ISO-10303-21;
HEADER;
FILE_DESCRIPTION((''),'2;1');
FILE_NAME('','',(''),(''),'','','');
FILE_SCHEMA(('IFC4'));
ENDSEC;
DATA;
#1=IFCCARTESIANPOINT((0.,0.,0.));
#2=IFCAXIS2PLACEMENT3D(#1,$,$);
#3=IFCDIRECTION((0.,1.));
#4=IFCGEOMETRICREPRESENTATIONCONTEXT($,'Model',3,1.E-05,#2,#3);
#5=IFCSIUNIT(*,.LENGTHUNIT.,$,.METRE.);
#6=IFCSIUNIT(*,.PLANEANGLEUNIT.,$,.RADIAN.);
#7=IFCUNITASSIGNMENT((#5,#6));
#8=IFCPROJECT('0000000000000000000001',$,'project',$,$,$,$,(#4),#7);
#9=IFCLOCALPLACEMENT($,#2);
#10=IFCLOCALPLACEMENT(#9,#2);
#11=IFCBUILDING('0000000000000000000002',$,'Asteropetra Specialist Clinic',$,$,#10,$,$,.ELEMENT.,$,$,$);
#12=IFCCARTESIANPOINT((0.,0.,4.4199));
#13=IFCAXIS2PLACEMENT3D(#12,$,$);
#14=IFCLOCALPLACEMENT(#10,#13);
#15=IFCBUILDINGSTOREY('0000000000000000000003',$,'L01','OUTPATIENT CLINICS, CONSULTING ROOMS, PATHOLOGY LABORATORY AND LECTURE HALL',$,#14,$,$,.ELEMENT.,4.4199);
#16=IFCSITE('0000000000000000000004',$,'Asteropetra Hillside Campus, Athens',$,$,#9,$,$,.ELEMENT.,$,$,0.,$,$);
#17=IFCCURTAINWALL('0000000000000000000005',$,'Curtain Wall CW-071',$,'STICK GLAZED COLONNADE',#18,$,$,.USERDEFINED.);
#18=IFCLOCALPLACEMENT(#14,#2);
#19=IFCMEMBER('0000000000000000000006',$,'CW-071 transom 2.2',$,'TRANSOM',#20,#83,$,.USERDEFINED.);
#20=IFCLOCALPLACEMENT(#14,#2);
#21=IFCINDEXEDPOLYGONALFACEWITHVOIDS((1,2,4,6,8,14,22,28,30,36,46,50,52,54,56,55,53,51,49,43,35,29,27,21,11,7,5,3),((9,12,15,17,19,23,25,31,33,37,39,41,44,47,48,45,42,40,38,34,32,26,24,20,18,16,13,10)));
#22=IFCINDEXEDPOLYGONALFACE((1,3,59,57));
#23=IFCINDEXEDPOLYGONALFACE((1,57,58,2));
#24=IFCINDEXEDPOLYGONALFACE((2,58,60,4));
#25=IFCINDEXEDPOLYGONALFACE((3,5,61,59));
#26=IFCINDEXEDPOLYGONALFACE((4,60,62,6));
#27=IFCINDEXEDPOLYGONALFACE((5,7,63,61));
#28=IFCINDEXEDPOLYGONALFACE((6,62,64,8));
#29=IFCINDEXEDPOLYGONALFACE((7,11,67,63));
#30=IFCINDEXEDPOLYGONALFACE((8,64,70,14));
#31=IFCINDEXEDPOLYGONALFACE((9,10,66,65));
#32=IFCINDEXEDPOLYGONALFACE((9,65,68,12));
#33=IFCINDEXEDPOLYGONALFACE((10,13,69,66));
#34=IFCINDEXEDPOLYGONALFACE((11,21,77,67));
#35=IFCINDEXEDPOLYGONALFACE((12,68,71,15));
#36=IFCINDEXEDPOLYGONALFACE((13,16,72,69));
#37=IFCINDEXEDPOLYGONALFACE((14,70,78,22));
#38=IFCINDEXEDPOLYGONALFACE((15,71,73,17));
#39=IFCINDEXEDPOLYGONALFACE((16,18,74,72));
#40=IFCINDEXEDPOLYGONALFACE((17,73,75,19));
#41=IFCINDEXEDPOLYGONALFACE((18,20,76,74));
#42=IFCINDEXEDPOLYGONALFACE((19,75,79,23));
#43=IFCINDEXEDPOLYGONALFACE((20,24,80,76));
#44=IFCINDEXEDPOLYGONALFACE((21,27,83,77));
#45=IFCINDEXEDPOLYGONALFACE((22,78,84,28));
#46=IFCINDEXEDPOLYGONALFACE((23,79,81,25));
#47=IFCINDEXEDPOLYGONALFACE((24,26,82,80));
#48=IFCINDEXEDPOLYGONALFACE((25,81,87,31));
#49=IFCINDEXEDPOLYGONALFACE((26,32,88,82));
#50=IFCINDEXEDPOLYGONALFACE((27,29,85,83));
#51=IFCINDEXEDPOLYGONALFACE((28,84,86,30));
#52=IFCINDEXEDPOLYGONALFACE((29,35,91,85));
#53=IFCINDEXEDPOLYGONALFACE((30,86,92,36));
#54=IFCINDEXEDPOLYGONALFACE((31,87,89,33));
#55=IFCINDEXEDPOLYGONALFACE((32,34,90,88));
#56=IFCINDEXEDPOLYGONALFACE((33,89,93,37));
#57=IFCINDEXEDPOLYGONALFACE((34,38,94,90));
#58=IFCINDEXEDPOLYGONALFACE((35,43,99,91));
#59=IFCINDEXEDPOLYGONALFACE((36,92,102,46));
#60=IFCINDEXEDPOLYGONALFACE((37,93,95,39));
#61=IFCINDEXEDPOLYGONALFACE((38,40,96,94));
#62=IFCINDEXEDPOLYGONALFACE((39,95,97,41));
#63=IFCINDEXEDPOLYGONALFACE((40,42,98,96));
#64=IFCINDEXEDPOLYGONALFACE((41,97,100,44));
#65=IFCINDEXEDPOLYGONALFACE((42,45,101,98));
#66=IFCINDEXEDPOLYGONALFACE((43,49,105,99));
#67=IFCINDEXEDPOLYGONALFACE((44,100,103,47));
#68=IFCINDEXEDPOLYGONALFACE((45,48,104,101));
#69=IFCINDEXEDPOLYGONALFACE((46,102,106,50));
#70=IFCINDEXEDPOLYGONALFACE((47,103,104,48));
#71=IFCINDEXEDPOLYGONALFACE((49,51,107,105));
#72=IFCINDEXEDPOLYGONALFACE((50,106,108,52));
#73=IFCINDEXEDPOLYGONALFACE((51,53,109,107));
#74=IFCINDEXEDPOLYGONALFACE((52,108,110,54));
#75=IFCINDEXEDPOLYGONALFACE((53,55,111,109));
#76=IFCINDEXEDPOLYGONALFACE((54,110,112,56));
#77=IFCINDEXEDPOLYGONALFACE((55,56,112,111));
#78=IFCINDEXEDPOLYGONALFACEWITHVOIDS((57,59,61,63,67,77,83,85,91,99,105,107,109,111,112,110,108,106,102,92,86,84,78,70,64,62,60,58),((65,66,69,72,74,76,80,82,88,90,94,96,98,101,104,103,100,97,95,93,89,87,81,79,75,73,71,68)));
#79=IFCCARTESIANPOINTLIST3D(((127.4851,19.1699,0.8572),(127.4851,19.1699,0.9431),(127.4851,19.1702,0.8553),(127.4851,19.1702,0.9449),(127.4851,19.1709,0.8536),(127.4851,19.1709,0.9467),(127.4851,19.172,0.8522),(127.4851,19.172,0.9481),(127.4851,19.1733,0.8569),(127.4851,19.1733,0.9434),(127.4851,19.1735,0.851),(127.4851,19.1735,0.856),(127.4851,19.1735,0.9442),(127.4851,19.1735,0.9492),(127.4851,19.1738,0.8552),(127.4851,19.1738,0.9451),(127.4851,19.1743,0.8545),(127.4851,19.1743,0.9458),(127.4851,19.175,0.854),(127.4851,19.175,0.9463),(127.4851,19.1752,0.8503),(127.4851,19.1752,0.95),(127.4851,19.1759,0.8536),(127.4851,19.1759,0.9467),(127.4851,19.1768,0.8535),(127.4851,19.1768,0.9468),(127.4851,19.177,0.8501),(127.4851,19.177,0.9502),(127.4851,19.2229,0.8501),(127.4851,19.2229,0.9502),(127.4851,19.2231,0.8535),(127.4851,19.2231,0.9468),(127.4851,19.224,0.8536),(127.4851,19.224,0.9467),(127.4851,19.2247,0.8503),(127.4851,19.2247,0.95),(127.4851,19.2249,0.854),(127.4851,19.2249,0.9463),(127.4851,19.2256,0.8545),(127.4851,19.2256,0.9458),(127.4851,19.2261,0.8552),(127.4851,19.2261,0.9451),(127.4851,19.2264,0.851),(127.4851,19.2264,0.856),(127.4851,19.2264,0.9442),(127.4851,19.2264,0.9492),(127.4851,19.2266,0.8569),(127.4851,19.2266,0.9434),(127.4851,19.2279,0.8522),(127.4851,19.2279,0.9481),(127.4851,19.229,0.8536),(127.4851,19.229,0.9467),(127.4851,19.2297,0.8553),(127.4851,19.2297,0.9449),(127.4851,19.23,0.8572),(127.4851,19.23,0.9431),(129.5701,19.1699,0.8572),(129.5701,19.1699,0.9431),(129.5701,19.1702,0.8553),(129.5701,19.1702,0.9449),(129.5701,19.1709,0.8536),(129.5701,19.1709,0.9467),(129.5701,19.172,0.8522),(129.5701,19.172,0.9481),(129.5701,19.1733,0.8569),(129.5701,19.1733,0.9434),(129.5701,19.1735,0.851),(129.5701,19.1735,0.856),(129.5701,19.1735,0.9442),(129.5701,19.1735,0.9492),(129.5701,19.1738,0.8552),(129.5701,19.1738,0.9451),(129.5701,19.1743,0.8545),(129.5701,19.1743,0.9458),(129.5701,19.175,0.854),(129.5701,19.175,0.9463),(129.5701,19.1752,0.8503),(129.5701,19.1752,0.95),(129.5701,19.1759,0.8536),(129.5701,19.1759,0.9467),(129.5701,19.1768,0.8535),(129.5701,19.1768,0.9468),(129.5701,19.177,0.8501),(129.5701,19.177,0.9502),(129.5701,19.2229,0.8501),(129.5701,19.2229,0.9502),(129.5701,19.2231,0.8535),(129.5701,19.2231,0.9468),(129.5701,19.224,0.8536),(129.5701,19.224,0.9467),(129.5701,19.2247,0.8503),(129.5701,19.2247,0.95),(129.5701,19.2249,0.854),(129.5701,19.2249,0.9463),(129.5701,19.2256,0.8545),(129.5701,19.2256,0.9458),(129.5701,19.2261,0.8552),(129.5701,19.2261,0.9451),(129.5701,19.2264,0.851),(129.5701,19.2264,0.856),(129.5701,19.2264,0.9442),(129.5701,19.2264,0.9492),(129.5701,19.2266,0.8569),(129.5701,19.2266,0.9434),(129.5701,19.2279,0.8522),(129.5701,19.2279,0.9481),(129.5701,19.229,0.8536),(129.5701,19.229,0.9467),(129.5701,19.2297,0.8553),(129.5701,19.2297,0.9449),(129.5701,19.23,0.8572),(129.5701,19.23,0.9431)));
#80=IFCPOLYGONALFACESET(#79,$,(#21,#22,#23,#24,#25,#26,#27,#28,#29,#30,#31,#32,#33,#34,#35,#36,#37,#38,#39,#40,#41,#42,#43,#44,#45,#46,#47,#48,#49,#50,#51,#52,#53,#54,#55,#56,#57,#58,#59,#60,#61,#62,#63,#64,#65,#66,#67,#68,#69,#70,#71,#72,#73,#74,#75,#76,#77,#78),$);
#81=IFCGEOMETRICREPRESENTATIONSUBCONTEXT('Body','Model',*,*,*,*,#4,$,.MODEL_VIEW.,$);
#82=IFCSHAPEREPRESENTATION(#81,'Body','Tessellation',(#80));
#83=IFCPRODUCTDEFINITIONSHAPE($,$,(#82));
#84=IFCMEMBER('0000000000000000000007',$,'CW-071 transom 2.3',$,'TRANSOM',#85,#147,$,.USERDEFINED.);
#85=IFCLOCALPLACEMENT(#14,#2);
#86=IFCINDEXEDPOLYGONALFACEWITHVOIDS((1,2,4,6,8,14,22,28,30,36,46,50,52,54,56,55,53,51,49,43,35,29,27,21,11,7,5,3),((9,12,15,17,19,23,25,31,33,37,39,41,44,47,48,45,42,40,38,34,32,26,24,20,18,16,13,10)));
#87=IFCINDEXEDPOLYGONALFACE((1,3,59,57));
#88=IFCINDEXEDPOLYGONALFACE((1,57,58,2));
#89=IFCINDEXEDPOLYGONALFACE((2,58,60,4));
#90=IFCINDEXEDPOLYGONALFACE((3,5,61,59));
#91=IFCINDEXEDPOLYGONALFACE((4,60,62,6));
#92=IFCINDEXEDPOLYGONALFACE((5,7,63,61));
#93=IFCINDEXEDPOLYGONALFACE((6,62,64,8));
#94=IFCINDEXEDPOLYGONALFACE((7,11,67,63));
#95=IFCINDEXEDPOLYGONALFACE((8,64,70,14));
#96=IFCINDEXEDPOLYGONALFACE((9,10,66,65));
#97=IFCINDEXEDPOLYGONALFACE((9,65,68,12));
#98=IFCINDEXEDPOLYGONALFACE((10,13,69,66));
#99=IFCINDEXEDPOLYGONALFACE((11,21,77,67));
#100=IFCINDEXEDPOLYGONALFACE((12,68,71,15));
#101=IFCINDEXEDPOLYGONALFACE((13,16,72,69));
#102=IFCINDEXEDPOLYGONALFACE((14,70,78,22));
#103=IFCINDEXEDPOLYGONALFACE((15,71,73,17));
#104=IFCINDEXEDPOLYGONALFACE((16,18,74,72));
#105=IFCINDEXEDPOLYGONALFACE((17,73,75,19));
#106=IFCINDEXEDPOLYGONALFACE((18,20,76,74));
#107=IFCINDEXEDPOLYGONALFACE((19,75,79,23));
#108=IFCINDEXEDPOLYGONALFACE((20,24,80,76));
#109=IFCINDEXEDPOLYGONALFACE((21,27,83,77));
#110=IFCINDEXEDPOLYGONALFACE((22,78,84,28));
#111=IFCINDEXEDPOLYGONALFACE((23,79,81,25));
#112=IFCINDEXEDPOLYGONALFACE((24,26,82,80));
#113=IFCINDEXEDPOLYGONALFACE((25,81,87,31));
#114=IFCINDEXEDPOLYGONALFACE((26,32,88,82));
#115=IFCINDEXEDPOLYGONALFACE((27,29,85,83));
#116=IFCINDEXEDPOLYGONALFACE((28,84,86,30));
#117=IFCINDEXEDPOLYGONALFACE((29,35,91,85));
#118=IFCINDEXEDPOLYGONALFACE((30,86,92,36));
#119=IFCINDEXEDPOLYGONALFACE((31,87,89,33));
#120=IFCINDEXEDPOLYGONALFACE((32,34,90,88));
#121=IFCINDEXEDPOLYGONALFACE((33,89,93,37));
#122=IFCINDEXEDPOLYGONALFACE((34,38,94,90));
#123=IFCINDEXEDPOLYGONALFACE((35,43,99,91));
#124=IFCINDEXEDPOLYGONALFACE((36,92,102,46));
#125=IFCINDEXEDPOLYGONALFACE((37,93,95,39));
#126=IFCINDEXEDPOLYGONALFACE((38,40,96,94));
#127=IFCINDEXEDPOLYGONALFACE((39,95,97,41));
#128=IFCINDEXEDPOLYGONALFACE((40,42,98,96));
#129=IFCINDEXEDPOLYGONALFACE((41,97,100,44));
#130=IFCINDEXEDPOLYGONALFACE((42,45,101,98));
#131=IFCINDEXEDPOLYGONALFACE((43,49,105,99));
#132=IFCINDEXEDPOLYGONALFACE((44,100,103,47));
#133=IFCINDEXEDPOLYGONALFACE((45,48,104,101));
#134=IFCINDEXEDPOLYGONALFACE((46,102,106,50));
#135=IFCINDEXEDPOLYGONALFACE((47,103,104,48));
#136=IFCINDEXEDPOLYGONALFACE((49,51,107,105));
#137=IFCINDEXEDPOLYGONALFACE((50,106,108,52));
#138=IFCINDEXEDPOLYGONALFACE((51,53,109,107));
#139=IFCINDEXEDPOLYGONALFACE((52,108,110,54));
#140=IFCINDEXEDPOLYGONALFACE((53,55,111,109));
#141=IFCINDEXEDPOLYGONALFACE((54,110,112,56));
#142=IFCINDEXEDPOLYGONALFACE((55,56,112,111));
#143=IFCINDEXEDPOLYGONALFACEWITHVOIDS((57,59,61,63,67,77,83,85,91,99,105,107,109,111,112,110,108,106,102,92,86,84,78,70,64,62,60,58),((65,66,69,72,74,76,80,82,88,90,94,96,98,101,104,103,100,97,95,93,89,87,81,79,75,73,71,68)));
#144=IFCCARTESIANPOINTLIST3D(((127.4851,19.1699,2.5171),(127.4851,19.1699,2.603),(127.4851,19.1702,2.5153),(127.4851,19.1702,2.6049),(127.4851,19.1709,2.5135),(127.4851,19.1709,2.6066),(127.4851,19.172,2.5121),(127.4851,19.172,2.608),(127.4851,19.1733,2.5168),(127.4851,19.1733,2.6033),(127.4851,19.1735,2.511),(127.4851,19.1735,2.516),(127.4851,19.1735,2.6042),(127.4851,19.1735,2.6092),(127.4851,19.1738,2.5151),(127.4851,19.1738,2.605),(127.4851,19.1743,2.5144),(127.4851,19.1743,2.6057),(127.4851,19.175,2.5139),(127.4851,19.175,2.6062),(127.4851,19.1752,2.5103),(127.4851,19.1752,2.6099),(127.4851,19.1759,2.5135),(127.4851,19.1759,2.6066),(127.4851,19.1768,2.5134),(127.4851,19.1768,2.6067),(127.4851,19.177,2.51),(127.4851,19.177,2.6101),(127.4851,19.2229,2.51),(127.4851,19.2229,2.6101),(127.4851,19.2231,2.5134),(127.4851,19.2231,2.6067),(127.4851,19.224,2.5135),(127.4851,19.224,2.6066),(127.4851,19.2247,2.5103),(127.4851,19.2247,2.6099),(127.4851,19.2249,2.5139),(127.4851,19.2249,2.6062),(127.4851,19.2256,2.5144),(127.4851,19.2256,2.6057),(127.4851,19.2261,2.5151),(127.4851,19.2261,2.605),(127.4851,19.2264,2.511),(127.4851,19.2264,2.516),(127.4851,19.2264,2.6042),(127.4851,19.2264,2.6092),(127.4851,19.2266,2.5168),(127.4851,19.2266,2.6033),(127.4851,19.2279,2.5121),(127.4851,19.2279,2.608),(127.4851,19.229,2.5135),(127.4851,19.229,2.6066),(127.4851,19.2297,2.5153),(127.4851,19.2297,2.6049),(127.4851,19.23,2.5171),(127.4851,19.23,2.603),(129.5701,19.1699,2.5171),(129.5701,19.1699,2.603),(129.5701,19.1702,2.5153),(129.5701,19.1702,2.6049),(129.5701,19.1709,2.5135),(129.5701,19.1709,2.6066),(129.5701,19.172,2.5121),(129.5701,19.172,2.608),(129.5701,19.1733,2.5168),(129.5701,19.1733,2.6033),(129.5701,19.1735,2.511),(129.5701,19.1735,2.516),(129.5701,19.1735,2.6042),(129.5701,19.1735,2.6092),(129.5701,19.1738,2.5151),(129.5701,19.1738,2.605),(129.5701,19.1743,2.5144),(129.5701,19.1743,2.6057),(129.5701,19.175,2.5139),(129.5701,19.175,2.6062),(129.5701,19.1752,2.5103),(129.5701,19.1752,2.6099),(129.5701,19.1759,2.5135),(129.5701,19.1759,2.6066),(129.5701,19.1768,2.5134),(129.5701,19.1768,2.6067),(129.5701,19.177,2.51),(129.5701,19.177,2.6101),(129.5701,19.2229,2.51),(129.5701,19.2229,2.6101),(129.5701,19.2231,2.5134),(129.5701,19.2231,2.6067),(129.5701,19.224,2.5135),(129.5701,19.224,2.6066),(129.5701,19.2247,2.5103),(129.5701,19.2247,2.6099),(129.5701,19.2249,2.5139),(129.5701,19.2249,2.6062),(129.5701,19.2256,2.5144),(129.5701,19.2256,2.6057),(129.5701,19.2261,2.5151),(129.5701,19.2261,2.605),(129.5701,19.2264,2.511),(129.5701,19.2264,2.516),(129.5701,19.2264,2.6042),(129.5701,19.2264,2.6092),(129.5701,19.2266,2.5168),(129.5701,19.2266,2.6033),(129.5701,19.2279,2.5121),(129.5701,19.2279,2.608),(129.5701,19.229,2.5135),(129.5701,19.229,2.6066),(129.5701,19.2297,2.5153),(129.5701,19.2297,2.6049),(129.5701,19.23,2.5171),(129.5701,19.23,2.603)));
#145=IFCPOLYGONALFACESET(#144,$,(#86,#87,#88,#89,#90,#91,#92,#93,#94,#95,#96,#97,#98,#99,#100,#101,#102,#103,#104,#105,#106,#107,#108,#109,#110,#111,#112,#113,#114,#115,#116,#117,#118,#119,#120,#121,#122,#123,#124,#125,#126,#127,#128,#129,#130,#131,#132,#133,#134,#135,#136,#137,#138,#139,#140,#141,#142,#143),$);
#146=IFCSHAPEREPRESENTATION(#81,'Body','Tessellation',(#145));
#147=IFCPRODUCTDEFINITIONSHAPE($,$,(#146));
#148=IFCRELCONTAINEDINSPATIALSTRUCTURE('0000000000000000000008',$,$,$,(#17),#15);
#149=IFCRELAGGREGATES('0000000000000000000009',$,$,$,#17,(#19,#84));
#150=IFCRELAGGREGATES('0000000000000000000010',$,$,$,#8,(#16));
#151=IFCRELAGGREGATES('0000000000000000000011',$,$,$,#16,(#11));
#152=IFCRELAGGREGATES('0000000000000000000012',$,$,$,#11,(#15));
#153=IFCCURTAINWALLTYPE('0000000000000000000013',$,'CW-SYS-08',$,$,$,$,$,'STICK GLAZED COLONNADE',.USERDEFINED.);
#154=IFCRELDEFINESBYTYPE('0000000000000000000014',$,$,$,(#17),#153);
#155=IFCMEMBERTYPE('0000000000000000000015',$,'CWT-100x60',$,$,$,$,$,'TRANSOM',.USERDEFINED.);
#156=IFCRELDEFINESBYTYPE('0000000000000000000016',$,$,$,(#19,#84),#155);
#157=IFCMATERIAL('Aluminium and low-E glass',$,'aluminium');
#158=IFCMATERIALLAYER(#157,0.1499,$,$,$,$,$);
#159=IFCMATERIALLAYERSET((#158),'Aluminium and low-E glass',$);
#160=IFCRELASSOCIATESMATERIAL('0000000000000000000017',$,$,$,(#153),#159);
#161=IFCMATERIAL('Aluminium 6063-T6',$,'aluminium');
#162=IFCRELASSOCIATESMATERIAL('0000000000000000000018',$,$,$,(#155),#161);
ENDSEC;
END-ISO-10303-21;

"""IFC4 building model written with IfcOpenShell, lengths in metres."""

from ifc_helpers import new_model, si_unit, direction, frame, origin, origin_2d, place, context, subcontext, project, spatial, hollow_rectangle, extrude, material, layer, layer_set, material_profile, profile_set, type_object, element, aggregate, save


model = new_model("IFC4")

# Units and contexts
model_context = context("Model", 3, precision=1e-05, world=origin(), true_north=direction((0.0, 1.0)))
body_context = subcontext(model_context, "Body", "Model", "MODEL_VIEW")
ifc_project = project(units=[si_unit("LENGTHUNIT", "METRE"), si_unit("PLANEANGLEUNIT", "RADIAN")], contexts=[model_context])

# Site, building, storey
site_placement = place(None, origin())
site = spatial("IfcSite", under=ifc_project, at=site_placement, Name="Asteropetra Hillside Campus, Athens", CompositionType="ELEMENT", RefElevation=0.0)
building_placement = place(site_placement, origin())
building = spatial("IfcBuilding", under=site, at=building_placement, Name="Asteropetra Specialist Clinic", CompositionType="ELEMENT")
storey_placement = place(building_placement, frame((0.0, 0.0, 4.4199)))
storey = spatial("IfcBuildingStorey", under=building, at=storey_placement, Name="L01", Description="OUTPATIENT CLINICS, CONSULTING ROOMS, PATHOLOGY LABORATORY AND LECTURE HALL", CompositionType="ELEMENT", Elevation=4.4199)

# Curtain wall, members
ifc_material_1 = material(Name="Aluminium and low-E glass", Category="aluminium")
ifc_layer_1 = layer(ifc_material_1, 0.1499)
ifc_layer_set_1 = layer_set([ifc_layer_1], Name="Aluminium and low-E glass")
curtain_wall_type = type_object("IfcCurtainWallType", Name="CW-SYS-08", ElementType="STICK GLAZED COLONNADE", PredefinedType="USERDEFINED", material=ifc_layer_set_1)
curtain_wall_placement = place(storey_placement, origin())
curtain_wall = element("IfcCurtainWall", 1, at=curtain_wall_placement, inside=storey, type_object=curtain_wall_type, Name="Curtain Wall CW-071", ObjectType="STICK GLAZED COLONNADE", PredefinedType="USERDEFINED")
ifc_material_2 = material(Name="Aluminium 6063-T6", Category="aluminium")
ifc_material_profile_1 = material_profile(ifc_material_2, hollow_rectangle(XDim=0.0601, YDim=0.1001, WallThickness=0.0034, InnerFilletRadius=0.0034, OuterFilletRadius=0.0071, at=origin_2d()), Name="TRN 100x60x3.5")
ifc_profile_set_1 = profile_set([ifc_material_profile_1], Name="Aluminium 6063-T6")
member_type_1 = type_object("IfcMemberType", Name="CWT-100x60", ElementType="TRANSOM", PredefinedType="USERDEFINED", material=ifc_profile_set_1)
member_1_placement = place(storey_placement, frame((127.4851, 19.2, 0.9001), z_axis=(1.0, 0.0, 0.0), x_axis=(0.0, 1.0, 0.0)))
member_1 = element("IfcMember", 2, at=member_1_placement, type_object=member_type_1, Name="CW-071 transom 2.2", ObjectType="TRANSOM", PredefinedType="USERDEFINED", context=body_context, shape_type="SweptSolid", body=[
    extrude(hollow_rectangle(XDim=0.0601, YDim=0.1001, WallThickness=0.0034, InnerFilletRadius=0.0034, OuterFilletRadius=0.0071, at=origin_2d()), origin(), (0.0, 0.0, 1.0), 2.085),
])
member_2_placement = place(storey_placement, frame((127.4851, 19.2, 2.5601), z_axis=(1.0, 0.0, 0.0), x_axis=(0.0, 1.0, 0.0)))
member_2 = element("IfcMember", 3, at=member_2_placement, type_object=member_type_1, Name="CW-071 transom 2.3", ObjectType="TRANSOM", PredefinedType="USERDEFINED", context=body_context, shape_type="SweptSolid", body=[
    extrude(hollow_rectangle(XDim=0.0601, YDim=0.1001, WallThickness=0.0034, InnerFilletRadius=0.0034, OuterFilletRadius=0.0071, at=origin_2d()), origin(), (0.0, 0.0, 1.0), 2.085),
])
aggregate(curtain_wall, [member_1, member_2])

save(model, "model.ifc")
